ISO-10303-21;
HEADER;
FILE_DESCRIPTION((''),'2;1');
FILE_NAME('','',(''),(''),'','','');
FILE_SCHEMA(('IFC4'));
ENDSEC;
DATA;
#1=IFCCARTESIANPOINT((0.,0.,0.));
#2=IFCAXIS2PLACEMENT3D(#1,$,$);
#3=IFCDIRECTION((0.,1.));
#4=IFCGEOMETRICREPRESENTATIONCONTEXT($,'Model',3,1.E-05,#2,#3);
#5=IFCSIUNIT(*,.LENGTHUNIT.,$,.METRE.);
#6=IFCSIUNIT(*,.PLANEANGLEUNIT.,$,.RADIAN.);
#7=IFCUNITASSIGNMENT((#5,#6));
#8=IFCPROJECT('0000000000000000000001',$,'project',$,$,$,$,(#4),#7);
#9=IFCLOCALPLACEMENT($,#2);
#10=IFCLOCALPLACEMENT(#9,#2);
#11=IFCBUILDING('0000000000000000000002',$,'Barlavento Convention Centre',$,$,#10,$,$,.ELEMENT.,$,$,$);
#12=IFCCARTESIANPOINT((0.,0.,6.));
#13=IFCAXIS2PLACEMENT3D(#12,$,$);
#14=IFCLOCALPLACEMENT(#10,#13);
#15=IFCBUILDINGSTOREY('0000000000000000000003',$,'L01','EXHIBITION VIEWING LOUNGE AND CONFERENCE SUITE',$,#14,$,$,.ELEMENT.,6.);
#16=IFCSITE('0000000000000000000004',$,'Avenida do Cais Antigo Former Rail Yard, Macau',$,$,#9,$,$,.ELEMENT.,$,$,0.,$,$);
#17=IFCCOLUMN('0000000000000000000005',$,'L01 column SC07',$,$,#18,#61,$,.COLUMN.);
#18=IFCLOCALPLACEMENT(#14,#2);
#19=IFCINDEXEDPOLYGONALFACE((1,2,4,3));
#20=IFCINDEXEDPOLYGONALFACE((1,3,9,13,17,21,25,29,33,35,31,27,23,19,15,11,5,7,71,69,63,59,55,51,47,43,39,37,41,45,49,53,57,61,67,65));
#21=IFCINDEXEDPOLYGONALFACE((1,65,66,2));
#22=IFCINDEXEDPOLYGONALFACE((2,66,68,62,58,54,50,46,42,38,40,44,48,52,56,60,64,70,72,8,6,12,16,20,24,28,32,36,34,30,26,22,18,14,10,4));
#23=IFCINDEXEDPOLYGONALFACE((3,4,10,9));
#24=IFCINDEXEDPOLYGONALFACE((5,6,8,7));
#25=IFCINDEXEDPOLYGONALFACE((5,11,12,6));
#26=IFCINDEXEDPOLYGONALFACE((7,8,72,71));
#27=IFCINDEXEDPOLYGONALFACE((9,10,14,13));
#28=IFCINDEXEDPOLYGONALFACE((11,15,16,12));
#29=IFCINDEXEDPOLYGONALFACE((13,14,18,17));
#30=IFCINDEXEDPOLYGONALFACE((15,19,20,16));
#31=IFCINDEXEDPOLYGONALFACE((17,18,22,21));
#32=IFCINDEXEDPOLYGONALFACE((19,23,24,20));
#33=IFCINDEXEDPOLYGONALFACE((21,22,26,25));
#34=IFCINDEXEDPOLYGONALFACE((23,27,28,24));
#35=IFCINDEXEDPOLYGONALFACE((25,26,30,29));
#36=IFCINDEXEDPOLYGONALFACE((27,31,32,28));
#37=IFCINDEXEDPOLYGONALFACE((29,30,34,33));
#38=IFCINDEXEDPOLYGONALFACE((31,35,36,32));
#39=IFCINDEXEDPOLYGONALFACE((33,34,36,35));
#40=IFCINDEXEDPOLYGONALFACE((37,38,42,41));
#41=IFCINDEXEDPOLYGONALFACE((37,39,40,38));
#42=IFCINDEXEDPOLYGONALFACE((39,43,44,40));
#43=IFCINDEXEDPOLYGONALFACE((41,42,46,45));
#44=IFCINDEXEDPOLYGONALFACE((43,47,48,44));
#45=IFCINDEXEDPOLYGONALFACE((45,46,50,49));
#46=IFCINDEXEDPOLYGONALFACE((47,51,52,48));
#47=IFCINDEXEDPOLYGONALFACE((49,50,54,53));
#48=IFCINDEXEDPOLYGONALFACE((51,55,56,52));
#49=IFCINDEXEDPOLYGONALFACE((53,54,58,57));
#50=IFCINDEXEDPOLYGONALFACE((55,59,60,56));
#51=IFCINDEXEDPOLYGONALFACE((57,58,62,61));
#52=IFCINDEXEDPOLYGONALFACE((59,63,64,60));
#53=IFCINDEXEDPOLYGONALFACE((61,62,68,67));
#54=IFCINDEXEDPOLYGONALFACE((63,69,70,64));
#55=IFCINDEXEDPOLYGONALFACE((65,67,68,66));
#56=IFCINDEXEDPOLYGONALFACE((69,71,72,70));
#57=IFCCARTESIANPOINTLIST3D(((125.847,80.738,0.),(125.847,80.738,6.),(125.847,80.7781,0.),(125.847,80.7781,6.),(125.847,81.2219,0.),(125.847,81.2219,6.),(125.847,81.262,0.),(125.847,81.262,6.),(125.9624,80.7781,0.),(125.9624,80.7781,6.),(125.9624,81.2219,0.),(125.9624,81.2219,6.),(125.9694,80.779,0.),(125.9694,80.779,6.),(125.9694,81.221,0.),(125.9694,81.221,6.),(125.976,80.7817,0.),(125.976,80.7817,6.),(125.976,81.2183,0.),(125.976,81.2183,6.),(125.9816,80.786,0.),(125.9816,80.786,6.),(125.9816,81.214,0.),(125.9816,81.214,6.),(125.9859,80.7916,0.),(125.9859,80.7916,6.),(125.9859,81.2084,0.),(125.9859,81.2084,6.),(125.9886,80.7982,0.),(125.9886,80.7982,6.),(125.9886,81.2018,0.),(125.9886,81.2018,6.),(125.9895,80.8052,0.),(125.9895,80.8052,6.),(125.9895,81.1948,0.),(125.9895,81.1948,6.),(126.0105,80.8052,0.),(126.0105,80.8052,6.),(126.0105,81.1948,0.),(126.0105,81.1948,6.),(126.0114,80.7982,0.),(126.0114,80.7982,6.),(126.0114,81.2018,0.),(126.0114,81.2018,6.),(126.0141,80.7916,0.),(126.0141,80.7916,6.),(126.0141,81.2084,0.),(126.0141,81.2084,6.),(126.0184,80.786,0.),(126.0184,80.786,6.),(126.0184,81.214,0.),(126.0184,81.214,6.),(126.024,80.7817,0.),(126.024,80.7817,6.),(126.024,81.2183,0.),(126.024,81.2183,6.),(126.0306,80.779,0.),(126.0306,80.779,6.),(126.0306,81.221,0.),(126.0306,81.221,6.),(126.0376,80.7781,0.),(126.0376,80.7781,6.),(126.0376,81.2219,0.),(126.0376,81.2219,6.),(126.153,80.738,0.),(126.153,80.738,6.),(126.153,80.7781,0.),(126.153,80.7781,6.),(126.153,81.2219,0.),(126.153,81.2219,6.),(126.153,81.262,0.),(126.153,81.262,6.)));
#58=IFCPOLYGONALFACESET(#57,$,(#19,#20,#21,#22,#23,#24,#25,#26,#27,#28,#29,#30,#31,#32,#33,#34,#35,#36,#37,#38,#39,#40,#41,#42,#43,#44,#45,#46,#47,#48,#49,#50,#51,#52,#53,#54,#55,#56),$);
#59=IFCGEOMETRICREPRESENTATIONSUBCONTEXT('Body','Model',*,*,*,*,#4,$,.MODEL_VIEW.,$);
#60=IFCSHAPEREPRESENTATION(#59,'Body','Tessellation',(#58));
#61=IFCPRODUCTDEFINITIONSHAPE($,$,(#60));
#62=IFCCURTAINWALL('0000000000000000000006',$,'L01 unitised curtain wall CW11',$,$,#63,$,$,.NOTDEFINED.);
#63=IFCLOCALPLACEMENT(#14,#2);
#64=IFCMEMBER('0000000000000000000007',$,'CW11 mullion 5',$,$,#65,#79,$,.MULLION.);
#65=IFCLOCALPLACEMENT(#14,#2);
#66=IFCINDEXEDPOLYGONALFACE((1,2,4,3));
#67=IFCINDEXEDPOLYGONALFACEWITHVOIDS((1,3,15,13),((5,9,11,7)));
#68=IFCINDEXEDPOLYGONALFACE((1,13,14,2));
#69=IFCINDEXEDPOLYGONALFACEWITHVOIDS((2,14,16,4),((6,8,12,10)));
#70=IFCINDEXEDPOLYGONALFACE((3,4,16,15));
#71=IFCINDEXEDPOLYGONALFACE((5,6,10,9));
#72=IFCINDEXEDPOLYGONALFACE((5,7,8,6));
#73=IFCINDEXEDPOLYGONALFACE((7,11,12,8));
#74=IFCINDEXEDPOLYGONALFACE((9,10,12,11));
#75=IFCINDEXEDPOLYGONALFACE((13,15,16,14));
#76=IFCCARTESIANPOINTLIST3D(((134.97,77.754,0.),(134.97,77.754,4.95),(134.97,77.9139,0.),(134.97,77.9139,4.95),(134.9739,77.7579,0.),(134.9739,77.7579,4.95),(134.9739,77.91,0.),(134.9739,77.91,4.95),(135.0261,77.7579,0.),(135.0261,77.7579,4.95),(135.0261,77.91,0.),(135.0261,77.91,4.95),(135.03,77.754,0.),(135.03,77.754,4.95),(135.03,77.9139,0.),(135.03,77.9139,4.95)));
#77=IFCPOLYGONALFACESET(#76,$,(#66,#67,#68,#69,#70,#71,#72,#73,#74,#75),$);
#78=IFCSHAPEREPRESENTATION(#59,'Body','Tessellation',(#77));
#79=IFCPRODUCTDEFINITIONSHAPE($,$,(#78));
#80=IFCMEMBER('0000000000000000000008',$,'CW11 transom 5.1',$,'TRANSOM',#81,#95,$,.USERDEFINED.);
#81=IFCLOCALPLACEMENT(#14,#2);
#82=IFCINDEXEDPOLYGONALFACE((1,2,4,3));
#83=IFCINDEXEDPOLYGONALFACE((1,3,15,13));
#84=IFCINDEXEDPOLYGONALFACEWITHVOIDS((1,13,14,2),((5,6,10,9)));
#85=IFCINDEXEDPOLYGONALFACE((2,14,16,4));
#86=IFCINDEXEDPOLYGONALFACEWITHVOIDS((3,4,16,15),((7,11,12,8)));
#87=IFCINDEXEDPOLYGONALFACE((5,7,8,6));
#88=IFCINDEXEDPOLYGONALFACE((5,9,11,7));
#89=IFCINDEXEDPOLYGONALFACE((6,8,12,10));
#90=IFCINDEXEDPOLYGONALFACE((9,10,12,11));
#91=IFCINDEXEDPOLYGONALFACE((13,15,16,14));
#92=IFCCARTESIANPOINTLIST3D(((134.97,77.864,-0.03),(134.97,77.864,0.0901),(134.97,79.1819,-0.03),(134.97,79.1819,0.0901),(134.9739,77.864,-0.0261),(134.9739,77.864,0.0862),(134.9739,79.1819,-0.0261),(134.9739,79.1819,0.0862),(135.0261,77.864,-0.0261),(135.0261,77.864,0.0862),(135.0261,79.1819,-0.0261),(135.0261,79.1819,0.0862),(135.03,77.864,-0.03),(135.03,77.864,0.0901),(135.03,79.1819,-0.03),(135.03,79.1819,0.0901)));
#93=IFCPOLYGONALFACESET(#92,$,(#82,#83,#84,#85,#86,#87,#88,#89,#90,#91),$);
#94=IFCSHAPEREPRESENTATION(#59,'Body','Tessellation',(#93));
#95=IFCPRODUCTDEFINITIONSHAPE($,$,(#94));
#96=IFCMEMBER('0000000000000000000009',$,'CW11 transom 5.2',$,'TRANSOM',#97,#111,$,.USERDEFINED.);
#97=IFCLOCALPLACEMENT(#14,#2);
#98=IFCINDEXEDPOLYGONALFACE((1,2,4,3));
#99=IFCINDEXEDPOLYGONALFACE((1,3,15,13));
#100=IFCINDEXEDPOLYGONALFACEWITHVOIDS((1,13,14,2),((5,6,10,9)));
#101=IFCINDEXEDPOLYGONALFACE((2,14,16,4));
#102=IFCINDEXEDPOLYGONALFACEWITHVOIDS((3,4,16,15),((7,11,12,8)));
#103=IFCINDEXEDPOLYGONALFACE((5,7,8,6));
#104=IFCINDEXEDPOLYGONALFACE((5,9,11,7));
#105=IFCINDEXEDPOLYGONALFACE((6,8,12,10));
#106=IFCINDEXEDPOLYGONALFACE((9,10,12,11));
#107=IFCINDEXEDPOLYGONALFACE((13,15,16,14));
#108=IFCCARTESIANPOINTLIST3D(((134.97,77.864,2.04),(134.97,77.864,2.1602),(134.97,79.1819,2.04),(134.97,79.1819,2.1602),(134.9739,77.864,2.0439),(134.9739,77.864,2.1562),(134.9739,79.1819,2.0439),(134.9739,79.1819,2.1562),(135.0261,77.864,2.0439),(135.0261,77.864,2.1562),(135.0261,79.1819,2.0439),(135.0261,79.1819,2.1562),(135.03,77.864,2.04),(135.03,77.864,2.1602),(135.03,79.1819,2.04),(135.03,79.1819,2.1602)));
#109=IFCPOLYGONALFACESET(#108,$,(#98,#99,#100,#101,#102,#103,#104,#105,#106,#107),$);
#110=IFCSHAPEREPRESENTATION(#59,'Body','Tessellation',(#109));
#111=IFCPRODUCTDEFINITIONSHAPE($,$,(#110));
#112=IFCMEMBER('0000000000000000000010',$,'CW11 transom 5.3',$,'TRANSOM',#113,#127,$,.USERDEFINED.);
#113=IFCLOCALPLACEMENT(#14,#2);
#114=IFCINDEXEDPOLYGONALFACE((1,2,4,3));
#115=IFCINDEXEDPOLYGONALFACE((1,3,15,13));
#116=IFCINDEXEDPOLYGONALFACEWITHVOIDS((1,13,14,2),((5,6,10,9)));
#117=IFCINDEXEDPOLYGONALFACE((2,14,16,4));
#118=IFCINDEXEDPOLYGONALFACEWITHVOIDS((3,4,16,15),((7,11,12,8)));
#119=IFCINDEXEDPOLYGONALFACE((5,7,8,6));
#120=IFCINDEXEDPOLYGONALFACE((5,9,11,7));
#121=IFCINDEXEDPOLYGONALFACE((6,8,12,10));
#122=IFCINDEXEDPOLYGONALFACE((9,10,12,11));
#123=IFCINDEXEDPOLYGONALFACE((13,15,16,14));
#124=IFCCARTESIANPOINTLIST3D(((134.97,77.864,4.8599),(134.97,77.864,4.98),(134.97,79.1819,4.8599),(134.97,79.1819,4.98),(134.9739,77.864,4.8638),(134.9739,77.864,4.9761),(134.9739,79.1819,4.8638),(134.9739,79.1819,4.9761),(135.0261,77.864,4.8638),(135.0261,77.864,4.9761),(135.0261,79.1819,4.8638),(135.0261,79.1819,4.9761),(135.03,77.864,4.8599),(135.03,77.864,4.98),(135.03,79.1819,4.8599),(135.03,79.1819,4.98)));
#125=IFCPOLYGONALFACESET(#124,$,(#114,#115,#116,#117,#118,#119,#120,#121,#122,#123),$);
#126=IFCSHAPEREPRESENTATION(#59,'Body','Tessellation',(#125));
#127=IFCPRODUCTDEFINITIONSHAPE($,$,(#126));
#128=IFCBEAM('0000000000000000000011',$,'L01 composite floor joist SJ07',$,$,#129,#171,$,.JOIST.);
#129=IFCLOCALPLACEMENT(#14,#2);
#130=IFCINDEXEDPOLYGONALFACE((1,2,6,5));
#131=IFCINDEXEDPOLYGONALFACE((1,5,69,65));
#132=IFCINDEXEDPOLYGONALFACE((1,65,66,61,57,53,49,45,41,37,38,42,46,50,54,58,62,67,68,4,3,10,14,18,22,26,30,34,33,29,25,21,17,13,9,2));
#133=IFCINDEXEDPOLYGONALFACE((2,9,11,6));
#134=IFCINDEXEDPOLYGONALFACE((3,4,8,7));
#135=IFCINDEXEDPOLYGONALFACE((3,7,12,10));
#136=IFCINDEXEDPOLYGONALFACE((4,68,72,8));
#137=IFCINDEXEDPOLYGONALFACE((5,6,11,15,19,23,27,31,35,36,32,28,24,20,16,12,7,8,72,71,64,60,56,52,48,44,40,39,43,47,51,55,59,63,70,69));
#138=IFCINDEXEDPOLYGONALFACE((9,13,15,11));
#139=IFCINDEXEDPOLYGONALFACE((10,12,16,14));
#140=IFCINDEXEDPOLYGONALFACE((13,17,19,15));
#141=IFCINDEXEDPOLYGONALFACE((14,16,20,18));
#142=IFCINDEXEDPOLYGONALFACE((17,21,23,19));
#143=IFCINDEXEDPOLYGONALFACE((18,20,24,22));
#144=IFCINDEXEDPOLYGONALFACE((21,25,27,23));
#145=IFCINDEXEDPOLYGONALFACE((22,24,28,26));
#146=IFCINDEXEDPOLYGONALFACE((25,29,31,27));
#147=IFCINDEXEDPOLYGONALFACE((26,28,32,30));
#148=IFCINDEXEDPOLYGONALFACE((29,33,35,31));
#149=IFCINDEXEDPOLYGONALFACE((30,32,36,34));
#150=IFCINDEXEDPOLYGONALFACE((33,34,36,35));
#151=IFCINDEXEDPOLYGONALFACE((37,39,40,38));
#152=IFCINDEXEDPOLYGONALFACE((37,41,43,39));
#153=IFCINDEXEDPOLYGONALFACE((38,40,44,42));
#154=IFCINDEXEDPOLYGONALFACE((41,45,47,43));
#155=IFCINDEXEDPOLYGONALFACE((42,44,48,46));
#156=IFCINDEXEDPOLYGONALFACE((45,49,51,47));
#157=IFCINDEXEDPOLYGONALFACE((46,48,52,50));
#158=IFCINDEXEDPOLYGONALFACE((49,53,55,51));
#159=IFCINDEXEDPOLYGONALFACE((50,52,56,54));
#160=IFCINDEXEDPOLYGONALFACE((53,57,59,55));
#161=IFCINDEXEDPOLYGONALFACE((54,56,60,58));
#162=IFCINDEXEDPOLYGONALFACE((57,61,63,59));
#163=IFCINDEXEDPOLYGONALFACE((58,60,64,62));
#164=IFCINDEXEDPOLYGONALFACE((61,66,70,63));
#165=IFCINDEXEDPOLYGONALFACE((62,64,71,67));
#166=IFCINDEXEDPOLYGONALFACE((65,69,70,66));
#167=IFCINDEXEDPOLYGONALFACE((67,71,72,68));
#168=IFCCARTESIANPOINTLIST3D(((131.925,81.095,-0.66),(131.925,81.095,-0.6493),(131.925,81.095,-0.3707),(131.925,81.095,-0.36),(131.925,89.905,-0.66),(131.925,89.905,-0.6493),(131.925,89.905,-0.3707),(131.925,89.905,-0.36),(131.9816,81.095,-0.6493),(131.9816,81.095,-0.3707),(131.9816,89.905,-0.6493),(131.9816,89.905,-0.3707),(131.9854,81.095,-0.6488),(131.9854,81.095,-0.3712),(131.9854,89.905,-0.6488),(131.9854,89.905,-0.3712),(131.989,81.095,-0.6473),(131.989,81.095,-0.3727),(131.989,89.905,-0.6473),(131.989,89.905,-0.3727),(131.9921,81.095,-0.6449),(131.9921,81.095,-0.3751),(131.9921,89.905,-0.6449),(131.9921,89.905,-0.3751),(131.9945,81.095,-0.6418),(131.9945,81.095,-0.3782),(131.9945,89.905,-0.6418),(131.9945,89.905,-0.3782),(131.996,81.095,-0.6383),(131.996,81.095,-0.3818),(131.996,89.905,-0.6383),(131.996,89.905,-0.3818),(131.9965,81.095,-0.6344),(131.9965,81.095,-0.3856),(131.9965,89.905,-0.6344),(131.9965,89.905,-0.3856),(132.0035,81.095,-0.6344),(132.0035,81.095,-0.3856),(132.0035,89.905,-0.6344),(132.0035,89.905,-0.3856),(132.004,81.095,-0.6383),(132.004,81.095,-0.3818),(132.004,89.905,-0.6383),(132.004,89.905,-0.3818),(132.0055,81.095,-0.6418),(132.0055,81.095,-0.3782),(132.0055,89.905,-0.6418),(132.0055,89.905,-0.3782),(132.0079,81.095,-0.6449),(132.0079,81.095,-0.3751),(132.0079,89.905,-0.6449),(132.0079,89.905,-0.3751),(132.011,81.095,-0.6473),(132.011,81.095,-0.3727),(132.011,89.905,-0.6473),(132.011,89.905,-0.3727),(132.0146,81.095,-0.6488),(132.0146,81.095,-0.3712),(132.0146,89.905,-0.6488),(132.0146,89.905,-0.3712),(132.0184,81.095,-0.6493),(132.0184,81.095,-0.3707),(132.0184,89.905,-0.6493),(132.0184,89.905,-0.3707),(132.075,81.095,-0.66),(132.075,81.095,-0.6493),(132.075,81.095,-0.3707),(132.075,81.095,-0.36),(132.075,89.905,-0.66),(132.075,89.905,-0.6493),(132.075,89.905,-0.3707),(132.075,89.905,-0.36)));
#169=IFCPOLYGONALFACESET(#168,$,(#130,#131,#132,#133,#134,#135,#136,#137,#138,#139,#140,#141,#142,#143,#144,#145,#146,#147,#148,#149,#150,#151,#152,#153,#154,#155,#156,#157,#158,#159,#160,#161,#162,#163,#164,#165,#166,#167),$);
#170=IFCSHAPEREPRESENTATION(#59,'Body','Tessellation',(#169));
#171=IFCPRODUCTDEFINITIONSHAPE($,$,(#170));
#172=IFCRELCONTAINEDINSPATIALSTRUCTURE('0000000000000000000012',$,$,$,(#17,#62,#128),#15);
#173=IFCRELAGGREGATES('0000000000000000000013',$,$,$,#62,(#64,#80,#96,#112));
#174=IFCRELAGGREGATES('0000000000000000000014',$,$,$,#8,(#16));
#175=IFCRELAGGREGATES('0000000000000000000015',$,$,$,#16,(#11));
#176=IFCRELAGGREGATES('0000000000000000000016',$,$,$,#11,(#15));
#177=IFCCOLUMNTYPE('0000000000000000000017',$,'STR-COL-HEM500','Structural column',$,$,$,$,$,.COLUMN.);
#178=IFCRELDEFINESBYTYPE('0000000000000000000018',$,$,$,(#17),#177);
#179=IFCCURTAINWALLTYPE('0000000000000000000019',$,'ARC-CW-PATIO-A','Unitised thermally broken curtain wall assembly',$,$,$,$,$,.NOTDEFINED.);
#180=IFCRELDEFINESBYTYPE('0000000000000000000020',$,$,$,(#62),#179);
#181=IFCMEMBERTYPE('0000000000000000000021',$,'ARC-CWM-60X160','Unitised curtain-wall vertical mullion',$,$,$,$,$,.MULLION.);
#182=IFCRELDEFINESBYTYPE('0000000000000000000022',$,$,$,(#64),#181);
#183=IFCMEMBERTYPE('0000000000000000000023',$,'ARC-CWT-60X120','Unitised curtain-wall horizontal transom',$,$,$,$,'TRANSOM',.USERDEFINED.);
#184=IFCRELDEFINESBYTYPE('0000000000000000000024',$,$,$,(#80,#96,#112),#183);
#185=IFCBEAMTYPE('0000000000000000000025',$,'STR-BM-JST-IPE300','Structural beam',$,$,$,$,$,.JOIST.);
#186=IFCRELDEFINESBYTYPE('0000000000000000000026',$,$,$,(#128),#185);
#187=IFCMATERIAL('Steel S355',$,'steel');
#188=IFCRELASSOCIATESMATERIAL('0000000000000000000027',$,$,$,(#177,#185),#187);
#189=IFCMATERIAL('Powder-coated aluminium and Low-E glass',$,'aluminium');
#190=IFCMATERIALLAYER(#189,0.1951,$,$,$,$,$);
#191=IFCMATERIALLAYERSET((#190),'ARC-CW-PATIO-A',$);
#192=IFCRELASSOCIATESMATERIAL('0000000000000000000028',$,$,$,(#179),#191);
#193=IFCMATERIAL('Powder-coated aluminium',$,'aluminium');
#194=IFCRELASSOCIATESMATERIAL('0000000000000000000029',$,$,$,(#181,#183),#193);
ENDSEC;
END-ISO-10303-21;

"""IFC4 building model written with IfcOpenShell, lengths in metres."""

from ifc_helpers import new_model, si_unit, direction, frame, origin, origin_2d, place, context, subcontext, project, spatial, hollow_rectangle, i_section, extrude, material, layer, layer_set, material_profile, profile_set, type_object, element, aggregate, save


model = new_model("IFC4")

# Units and contexts
model_context = context("Model", 3, precision=1e-05, world=origin(), true_north=direction((0.0, 1.0)))
body_context = subcontext(model_context, "Body", "Model", "MODEL_VIEW")
ifc_project = project(units=[si_unit("LENGTHUNIT", "METRE"), si_unit("PLANEANGLEUNIT", "RADIAN")], contexts=[model_context])

# Site, building, storey
site_placement = place(None, origin())
site = spatial("IfcSite", under=ifc_project, at=site_placement, Name="Avenida do Cais Antigo Former Rail Yard, Macau", CompositionType="ELEMENT", RefElevation=0.0)
building_placement = place(site_placement, origin())
building = spatial("IfcBuilding", under=site, at=building_placement, Name="Barlavento Convention Centre", CompositionType="ELEMENT")
storey_placement = place(building_placement, frame((0.0, 0.0, 6.0)))
storey = spatial("IfcBuildingStorey", under=building, at=storey_placement, Name="L01", Description="EXHIBITION VIEWING LOUNGE AND CONFERENCE SUITE", CompositionType="ELEMENT", Elevation=6.0)

# Column
ifc_material_1 = material(Name="Steel S355", Category="steel")
ifc_material_profile_1 = material_profile(ifc_material_1, i_section(OverallWidth=0.3059, OverallDepth=0.5239, WebThickness=0.021, FlangeThickness=0.04, FilletRadius=0.0271, at=origin_2d()), Name="HEM 500")
ifc_profile_set_1 = profile_set([ifc_material_profile_1], Name="Steel S355")
column_type = type_object("IfcColumnType", Name="STR-COL-HEM500", Description="Structural column", PredefinedType="COLUMN", material=ifc_profile_set_1)
column_placement = place(storey_placement, frame((126.0, 81.0, 0.0), z_axis=(0.0, 0.0, 1.0), x_axis=(1.0, 0.0, 0.0)))
element("IfcColumn", 1, at=column_placement, inside=storey, type_object=column_type, Name="L01 column SC07", PredefinedType="COLUMN", context=body_context, shape_type="SweptSolid", body=[
    extrude(i_section(OverallWidth=0.3059, OverallDepth=0.5239, WebThickness=0.021, FlangeThickness=0.04, FilletRadius=0.0271, at=origin_2d()), origin(), (0.0, 0.0, 1.0), 6.0),
])

# Curtain wall, members
ifc_material_2 = material(Name="Powder-coated aluminium and Low-E glass", Category="aluminium")
ifc_layer_1 = layer(ifc_material_2, 0.1951)
ifc_layer_set_1 = layer_set([ifc_layer_1], Name="ARC-CW-PATIO-A")
curtain_wall_type = type_object("IfcCurtainWallType", Name="ARC-CW-PATIO-A", Description="Unitised thermally broken curtain wall assembly", PredefinedType="NOTDEFINED", material=ifc_layer_set_1)
curtain_wall_placement = place(storey_placement, origin())
curtain_wall = element("IfcCurtainWall", 2, at=curtain_wall_placement, inside=storey, type_object=curtain_wall_type, Name="L01 unitised curtain wall CW11", PredefinedType="NOTDEFINED")
ifc_material_3 = material(Name="Powder-coated aluminium", Category="aluminium")
ifc_material_profile_2 = material_profile(ifc_material_3, hollow_rectangle(XDim=0.0601, YDim=0.1599, WallThickness=0.0039, at=origin_2d()), Name="AL-MULL 60x160x4")
ifc_profile_set_2 = profile_set([ifc_material_profile_2], Name="Powder-coated aluminium")
member_type_1 = type_object("IfcMemberType", Name="ARC-CWM-60X160", Description="Unitised curtain-wall vertical mullion", PredefinedType="MULLION", material=ifc_profile_set_2)
member_1_placement = place(storey_placement, frame((135.0, 77.834, 0.0), z_axis=(0.0, 0.0, 1.0), x_axis=(-1.0, 0.0, 0.0)))
member_1 = element("IfcMember", 3, at=member_1_placement, type_object=member_type_1, Name="CW11 mullion 5", PredefinedType="MULLION", context=body_context, shape_type="SweptSolid", body=[
    extrude(hollow_rectangle(XDim=0.0601, YDim=0.1599, WallThickness=0.0039, at=origin_2d()), origin(), (0.0, 0.0, 1.0), 4.95),
])
ifc_material_profile_3 = material_profile(ifc_material_3, hollow_rectangle(XDim=0.0601, YDim=0.1201, WallThickness=0.0039, at=origin_2d()), Name="AL-TRAN 60x120x4")
ifc_profile_set_3 = profile_set([ifc_material_profile_3], Name="Powder-coated aluminium")
member_type_2 = type_object("IfcMemberType", Name="ARC-CWT-60X120", Description="Unitised curtain-wall horizontal transom", ElementType="TRANSOM", PredefinedType="USERDEFINED", material=ifc_profile_set_3)
member_2_placement = place(storey_placement, frame((135.0, 77.864, 0.03), z_axis=(0.0, 1.0, 0.0), x_axis=(-1.0, 0.0, 0.0)))
member_2 = element("IfcMember", 4, at=member_2_placement, type_object=member_type_2, Name="CW11 transom 5.1", ObjectType="TRANSOM", PredefinedType="USERDEFINED", context=body_context, shape_type="SweptSolid", body=[
    extrude(hollow_rectangle(XDim=0.0601, YDim=0.1201, WallThickness=0.0039, at=origin_2d()), origin(), (0.0, 0.0, 1.0), 1.3179),
])
member_3_placement = place(storey_placement, frame((135.0, 77.864, 2.1001), z_axis=(0.0, 1.0, 0.0), x_axis=(-1.0, 0.0, 0.0)))
member_3 = element("IfcMember", 5, at=member_3_placement, type_object=member_type_2, Name="CW11 transom 5.2", ObjectType="TRANSOM", PredefinedType="USERDEFINED", context=body_context, shape_type="SweptSolid", body=[
    extrude(hollow_rectangle(XDim=0.0601, YDim=0.1201, WallThickness=0.0039, at=origin_2d()), origin(), (0.0, 0.0, 1.0), 1.3179),
])
member_4_placement = place(storey_placement, frame((135.0, 77.864, 4.9199), z_axis=(0.0, 1.0, 0.0), x_axis=(-1.0, 0.0, 0.0)))
member_4 = element("IfcMember", 6, at=member_4_placement, type_object=member_type_2, Name="CW11 transom 5.3", ObjectType="TRANSOM", PredefinedType="USERDEFINED", context=body_context, shape_type="SweptSolid", body=[
    extrude(hollow_rectangle(XDim=0.0601, YDim=0.1201, WallThickness=0.0039, at=origin_2d()), origin(), (0.0, 0.0, 1.0), 1.3179),
])

# Beam
ifc_material_profile_4 = material_profile(ifc_material_1, i_section(OverallWidth=0.1499, OverallDepth=0.3, WebThickness=0.0071, FlangeThickness=0.0107, FilletRadius=0.0149, at=origin_2d()), Name="IPE 300")
ifc_profile_set_4 = profile_set([ifc_material_profile_4], Name="Steel S355")
beam_type_1 = type_object("IfcBeamType", Name="STR-BM-JST-IPE300", Description="Structural beam", PredefinedType="JOIST", material=ifc_profile_set_4)
beam_1_placement = place(storey_placement, frame((132.0, 81.095, -0.51), z_axis=(0.0, 1.0, 0.0), x_axis=(-1.0, 0.0, 0.0)))
element("IfcBeam", 7, at=beam_1_placement, inside=storey, type_object=beam_type_1, Name="L01 composite floor joist SJ07", PredefinedType="JOIST", context=body_context, shape_type="SweptSolid", body=[
    extrude(i_section(OverallWidth=0.1499, OverallDepth=0.3, WebThickness=0.0071, FlangeThickness=0.0107, FilletRadius=0.0149, at=origin_2d()), origin(), (0.0, 0.0, 1.0), 8.8101),
])

aggregate(curtain_wall, [member_1, member_2, member_3, member_4])

save(model, "model.ifc")
